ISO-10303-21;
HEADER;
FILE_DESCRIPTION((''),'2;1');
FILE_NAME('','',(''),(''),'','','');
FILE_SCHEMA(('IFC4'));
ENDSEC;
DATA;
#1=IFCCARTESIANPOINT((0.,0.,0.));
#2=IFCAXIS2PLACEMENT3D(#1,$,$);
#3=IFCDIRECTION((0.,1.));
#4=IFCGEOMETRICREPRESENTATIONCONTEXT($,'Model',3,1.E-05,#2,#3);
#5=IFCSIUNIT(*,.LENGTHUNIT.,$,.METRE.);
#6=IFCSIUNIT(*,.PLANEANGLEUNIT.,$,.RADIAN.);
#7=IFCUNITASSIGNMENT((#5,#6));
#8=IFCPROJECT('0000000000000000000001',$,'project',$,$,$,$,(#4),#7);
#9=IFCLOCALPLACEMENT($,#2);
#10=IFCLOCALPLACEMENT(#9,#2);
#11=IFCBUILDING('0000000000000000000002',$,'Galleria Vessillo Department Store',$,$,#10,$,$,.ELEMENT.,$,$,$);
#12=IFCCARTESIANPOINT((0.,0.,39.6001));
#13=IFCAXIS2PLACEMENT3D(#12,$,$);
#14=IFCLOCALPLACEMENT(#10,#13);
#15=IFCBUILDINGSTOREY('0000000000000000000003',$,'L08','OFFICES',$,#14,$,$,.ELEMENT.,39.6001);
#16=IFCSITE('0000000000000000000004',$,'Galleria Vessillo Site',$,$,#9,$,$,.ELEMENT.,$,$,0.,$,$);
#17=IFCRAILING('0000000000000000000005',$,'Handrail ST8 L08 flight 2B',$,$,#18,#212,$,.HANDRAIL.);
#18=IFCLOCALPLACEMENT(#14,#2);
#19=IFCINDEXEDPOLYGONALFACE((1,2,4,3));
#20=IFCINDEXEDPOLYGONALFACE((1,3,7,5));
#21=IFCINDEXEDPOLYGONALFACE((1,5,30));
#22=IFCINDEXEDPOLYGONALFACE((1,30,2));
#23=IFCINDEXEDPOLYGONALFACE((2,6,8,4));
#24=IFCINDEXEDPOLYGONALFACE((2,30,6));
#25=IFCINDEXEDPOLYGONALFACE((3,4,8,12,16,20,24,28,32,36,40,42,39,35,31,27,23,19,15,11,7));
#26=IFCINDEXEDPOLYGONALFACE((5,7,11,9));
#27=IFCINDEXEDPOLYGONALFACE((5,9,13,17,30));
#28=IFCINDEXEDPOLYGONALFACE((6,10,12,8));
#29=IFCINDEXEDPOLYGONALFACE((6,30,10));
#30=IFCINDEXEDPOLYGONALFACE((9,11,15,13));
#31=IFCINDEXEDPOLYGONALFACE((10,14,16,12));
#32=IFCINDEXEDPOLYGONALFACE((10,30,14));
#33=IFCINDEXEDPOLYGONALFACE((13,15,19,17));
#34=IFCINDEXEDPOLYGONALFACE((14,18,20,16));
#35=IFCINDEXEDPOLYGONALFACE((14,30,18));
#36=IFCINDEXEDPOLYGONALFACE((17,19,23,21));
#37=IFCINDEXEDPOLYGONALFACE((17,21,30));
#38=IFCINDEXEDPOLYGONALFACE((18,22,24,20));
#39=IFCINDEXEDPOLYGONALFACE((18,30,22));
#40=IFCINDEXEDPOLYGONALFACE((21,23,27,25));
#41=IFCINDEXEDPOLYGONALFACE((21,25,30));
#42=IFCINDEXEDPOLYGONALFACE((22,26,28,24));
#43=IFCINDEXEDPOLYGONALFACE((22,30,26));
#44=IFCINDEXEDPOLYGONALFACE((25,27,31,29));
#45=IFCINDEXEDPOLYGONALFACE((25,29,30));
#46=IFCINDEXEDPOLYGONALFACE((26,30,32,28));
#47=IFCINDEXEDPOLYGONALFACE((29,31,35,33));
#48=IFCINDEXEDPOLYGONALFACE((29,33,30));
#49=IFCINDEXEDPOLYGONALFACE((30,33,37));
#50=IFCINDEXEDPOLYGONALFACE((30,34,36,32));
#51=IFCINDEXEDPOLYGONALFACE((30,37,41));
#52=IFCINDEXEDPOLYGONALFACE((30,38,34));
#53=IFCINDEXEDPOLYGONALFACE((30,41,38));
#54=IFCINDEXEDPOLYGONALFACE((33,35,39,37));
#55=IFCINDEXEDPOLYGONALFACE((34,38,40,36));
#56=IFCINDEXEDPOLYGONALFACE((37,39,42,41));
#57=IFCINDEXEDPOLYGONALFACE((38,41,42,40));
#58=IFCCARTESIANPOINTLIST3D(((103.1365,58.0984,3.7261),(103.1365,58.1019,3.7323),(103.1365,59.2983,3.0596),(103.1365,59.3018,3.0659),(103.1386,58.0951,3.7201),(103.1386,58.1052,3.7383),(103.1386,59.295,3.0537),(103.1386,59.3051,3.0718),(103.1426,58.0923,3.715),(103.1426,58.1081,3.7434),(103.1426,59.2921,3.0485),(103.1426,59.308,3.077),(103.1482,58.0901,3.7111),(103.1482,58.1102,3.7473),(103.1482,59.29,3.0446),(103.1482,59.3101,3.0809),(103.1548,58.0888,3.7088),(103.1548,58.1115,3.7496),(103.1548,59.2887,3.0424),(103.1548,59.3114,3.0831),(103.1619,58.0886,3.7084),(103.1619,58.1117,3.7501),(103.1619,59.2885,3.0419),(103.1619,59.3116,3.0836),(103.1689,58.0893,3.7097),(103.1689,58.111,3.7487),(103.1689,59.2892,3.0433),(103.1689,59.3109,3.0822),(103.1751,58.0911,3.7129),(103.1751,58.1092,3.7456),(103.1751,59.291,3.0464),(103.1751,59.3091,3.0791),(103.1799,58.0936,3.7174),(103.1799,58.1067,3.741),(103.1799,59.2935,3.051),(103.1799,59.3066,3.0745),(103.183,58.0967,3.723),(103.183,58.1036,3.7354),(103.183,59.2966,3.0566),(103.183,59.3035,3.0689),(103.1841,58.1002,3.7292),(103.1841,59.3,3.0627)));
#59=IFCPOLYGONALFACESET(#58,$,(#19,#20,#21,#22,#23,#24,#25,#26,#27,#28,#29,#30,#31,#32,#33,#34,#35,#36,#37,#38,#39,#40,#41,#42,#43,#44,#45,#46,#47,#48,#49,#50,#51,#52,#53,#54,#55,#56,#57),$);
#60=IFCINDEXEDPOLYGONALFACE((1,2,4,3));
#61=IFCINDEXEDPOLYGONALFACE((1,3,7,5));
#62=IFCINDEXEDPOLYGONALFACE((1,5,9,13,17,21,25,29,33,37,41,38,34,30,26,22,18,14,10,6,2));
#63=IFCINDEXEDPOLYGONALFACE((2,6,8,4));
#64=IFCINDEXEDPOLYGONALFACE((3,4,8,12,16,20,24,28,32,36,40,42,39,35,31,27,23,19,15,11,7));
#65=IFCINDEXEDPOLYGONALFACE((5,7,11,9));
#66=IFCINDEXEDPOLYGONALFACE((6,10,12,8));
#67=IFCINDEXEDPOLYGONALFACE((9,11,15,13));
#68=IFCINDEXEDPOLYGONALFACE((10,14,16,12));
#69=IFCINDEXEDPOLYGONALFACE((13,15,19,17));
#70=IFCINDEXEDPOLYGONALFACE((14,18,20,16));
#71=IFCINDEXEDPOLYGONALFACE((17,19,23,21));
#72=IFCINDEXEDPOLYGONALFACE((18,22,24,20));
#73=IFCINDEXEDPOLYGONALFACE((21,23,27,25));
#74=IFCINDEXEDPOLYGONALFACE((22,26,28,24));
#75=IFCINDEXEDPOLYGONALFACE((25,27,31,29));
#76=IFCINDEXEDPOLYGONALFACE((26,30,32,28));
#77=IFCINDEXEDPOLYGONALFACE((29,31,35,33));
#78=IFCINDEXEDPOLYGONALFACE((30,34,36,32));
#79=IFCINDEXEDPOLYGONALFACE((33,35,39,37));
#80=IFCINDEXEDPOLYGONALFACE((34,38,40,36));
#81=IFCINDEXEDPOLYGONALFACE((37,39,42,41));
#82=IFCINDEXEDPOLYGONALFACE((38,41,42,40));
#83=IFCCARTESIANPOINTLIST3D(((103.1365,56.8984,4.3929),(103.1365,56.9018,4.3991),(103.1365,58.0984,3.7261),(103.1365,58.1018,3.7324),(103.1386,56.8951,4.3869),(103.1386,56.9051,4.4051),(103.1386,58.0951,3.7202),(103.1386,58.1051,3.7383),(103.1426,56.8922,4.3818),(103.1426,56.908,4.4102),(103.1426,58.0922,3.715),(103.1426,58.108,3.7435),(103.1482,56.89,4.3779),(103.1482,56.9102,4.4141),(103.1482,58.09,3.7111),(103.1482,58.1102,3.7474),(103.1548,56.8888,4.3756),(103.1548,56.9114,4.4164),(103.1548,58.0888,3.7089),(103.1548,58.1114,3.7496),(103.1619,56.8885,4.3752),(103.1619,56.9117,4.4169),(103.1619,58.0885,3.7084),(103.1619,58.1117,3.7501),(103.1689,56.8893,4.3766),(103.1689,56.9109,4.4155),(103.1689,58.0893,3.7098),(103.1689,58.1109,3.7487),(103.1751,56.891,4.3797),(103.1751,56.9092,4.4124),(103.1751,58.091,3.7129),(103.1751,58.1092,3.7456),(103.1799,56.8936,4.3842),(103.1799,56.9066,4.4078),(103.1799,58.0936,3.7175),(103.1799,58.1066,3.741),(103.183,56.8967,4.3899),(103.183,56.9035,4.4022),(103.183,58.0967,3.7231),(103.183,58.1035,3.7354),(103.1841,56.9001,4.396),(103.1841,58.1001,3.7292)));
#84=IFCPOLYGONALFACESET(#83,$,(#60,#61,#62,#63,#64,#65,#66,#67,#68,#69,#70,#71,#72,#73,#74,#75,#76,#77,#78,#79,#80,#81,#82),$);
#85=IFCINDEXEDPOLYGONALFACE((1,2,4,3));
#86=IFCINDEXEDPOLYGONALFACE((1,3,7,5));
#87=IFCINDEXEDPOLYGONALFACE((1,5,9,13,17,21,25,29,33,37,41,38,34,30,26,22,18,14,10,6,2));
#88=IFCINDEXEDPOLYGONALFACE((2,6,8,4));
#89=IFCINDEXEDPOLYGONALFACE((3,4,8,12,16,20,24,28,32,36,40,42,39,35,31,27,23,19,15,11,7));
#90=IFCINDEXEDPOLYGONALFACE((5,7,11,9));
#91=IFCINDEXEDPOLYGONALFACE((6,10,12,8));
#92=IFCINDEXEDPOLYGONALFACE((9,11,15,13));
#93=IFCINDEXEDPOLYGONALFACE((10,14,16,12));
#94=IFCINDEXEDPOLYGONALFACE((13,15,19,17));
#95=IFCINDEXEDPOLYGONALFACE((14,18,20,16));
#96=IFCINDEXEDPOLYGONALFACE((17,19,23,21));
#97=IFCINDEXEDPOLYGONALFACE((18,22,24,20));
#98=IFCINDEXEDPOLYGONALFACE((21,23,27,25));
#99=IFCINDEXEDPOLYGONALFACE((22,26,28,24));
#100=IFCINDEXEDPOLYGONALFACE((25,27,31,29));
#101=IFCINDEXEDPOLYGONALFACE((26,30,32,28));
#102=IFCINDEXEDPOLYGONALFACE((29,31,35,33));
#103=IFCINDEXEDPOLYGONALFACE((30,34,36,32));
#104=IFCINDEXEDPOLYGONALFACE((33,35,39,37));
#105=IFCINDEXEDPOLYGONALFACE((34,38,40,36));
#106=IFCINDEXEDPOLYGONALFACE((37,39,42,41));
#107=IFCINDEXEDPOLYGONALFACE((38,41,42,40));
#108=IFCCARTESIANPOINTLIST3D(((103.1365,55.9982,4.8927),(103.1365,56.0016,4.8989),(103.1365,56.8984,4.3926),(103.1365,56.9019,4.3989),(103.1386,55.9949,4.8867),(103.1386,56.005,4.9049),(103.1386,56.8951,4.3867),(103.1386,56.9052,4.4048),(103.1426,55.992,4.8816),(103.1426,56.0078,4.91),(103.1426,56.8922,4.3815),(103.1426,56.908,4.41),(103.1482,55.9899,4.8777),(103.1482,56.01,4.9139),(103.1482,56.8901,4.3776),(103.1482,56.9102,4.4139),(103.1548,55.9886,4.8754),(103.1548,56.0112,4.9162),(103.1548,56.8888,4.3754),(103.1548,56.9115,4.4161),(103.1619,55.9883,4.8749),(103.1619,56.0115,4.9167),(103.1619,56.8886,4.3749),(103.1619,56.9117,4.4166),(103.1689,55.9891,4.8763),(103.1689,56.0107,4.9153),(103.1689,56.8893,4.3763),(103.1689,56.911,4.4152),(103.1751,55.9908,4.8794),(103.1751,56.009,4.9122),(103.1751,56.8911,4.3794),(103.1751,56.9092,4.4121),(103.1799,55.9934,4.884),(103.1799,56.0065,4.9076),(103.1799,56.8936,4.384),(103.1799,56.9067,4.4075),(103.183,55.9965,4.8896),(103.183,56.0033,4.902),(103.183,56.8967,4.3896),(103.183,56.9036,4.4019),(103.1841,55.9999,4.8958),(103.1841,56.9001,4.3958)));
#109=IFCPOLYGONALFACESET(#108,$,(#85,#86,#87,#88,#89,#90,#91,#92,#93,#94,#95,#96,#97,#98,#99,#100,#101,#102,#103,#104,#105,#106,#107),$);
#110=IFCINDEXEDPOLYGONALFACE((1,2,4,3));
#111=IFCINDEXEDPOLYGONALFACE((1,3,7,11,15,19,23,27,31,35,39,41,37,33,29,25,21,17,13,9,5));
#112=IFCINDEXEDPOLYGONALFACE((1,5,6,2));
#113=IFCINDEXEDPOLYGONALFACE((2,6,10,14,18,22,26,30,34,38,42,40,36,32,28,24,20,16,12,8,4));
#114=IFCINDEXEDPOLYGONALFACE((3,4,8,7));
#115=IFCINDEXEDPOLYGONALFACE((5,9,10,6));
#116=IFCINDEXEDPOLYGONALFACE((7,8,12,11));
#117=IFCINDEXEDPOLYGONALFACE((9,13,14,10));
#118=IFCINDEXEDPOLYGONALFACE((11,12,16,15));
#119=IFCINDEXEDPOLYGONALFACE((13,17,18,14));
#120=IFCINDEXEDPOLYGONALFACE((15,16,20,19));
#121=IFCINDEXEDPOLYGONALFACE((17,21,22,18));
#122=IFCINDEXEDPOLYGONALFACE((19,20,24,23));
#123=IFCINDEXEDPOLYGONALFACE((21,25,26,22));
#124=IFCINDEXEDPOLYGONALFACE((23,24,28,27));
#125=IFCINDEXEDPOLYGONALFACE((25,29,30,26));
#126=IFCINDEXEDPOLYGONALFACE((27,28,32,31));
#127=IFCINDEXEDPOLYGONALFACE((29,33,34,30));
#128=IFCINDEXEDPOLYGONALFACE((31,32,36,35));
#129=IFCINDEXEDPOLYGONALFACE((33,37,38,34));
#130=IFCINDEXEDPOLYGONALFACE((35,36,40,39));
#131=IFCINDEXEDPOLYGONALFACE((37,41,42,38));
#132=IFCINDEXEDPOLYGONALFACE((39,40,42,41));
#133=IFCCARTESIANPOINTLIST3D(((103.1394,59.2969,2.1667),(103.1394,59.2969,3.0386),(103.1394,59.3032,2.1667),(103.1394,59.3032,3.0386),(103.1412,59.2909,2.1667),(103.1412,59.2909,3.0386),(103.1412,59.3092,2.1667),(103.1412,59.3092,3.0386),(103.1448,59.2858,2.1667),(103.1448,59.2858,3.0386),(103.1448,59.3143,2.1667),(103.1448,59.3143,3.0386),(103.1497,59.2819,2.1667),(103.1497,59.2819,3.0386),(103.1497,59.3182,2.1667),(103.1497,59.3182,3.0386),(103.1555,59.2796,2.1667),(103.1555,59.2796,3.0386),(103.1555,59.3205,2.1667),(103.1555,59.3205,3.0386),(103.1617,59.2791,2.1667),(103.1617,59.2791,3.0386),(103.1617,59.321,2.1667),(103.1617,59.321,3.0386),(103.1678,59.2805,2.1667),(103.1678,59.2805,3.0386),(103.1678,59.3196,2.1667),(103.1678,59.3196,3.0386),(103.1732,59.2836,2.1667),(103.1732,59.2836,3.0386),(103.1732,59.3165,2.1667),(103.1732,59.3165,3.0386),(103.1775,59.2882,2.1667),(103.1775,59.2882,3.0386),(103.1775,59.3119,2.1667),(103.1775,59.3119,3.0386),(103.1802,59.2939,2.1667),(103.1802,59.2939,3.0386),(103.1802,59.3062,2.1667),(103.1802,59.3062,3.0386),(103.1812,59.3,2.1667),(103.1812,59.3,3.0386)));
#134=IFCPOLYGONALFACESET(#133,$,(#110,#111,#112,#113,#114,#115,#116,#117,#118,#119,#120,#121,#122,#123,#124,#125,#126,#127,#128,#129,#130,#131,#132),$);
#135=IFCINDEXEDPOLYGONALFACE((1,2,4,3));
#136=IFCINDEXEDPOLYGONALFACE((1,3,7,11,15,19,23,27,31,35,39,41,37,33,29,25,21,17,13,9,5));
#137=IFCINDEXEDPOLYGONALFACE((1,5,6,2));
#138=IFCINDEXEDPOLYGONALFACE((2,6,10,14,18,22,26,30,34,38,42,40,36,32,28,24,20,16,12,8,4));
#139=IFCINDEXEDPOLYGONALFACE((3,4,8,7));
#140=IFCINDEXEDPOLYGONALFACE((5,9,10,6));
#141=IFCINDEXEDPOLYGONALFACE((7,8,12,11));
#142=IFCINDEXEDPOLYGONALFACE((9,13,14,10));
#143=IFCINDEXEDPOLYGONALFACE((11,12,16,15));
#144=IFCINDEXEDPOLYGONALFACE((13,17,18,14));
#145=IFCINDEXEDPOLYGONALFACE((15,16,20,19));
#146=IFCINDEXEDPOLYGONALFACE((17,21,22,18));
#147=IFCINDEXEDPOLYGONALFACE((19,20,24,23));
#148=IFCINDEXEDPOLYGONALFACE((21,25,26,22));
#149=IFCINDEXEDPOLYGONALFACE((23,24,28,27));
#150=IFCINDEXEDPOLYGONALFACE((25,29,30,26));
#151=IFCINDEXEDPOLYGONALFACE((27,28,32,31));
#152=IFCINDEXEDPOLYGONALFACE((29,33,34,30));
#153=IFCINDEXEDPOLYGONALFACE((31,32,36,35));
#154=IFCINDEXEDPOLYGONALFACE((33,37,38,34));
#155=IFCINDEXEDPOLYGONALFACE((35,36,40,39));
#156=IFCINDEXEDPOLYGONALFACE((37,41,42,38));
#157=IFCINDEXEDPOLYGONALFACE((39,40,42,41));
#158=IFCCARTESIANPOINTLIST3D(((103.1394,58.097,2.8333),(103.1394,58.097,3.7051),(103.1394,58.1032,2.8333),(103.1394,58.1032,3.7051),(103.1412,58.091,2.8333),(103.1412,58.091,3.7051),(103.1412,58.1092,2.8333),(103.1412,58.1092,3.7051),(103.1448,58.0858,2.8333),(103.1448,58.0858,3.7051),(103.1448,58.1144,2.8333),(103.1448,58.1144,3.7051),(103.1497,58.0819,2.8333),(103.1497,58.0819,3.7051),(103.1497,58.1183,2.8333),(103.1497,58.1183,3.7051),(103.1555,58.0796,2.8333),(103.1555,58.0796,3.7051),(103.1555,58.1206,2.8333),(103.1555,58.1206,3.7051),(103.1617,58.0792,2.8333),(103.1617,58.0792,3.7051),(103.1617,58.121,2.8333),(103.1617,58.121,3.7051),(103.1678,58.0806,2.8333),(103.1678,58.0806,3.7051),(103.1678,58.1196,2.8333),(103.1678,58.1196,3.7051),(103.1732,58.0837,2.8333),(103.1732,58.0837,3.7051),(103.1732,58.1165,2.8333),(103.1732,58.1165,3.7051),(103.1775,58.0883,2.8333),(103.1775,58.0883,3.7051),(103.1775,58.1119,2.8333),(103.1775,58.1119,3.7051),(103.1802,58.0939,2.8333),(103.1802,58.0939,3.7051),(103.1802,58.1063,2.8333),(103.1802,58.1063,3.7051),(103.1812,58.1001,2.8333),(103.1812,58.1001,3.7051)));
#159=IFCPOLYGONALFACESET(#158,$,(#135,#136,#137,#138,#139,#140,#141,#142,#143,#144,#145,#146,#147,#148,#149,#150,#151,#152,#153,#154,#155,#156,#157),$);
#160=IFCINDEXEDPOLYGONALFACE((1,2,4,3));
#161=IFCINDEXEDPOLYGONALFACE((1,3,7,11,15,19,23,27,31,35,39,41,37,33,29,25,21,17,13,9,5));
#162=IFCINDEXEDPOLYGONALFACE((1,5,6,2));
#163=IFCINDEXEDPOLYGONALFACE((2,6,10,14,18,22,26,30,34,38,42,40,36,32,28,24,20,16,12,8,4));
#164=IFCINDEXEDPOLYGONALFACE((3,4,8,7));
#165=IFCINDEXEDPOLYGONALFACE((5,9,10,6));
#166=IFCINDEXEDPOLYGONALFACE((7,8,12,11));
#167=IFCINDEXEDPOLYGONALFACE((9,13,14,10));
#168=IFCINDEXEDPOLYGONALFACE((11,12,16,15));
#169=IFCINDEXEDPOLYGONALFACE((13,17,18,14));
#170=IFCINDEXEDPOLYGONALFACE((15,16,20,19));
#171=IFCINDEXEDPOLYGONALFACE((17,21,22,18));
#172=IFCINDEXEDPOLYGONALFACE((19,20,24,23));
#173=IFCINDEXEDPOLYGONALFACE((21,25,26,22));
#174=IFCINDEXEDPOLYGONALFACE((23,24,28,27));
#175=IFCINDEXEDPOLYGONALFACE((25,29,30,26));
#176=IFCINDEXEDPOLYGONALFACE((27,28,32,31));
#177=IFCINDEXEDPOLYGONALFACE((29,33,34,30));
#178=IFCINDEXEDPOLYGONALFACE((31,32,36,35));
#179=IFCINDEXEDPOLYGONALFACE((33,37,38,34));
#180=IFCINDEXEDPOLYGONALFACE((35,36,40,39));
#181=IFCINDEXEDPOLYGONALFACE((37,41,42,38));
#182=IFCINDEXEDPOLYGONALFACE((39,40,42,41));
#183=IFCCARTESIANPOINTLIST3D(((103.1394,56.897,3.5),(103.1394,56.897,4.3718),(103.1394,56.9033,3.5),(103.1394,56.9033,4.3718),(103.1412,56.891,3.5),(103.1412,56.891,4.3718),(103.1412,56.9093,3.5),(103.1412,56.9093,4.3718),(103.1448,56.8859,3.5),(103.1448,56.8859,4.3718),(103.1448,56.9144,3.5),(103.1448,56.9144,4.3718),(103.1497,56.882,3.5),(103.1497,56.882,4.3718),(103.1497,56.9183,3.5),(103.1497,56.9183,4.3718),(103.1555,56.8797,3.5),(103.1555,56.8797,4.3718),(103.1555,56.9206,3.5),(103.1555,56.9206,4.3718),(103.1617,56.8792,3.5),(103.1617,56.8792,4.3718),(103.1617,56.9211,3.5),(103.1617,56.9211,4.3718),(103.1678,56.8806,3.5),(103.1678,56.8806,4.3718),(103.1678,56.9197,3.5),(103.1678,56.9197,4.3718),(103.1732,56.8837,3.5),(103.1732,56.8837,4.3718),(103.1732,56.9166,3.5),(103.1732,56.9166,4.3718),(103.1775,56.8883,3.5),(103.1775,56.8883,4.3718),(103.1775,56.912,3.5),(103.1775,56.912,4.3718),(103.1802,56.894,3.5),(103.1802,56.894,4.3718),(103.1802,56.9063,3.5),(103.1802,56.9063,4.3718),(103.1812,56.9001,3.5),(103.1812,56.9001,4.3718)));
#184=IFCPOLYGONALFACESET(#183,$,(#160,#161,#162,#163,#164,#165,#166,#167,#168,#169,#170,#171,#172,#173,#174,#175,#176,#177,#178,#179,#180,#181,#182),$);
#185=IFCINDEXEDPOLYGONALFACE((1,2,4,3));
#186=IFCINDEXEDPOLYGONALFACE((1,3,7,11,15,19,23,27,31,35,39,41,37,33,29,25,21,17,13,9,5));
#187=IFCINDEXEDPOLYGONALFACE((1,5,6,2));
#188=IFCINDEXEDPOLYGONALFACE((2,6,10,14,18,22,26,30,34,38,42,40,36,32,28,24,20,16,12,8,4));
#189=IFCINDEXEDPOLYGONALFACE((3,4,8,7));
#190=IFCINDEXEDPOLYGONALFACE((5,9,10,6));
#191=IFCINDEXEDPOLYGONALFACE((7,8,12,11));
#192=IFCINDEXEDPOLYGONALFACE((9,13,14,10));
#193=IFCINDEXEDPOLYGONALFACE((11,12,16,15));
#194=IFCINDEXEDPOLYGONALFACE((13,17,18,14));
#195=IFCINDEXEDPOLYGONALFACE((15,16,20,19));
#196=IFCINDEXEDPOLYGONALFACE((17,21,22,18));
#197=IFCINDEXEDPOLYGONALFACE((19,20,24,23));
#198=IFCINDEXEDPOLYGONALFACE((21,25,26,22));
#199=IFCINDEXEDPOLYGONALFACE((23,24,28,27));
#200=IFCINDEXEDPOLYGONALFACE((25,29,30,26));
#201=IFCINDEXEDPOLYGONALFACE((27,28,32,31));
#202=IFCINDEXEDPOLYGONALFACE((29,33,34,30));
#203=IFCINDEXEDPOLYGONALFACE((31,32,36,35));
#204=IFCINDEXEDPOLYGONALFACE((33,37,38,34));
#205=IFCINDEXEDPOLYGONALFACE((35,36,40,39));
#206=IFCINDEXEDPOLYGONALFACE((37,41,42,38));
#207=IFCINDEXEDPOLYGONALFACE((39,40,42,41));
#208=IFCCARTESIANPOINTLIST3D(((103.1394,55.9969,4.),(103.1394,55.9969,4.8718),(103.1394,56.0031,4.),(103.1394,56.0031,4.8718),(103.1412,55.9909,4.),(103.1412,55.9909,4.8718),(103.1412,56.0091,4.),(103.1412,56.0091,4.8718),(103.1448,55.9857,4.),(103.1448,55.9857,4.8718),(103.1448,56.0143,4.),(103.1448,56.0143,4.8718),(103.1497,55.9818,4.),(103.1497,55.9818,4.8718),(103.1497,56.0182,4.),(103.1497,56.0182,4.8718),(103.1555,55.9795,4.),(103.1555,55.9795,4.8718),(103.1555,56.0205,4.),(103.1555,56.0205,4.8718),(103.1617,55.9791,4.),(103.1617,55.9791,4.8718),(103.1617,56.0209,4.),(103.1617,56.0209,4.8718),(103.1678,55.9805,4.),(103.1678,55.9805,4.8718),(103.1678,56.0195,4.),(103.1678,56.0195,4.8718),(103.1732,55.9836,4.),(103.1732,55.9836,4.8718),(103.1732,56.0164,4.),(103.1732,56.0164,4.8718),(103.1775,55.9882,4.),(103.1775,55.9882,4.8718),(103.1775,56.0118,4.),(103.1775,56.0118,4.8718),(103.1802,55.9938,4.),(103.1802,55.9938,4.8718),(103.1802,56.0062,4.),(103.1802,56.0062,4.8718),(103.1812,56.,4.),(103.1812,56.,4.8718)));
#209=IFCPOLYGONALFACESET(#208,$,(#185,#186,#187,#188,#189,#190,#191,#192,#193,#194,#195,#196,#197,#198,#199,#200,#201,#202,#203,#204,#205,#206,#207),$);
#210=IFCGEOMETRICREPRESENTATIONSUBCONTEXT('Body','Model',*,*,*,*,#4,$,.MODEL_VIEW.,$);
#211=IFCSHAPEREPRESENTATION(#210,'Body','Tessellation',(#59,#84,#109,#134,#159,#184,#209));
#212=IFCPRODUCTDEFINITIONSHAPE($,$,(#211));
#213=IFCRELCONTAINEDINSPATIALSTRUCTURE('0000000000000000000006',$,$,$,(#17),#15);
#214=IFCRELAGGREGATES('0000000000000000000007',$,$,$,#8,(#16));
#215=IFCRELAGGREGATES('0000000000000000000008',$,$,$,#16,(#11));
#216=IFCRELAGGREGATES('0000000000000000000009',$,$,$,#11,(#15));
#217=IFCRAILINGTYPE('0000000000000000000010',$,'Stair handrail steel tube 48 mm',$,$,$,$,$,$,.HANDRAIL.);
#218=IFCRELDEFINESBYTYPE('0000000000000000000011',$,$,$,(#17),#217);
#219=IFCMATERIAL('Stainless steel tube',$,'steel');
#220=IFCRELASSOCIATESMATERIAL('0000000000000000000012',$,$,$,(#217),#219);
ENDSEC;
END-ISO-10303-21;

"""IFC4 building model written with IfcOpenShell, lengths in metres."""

from ifc_helpers import new_model, si_unit, direction, frame, origin, origin_2d, place, context, subcontext, project, spatial, circle, extrude, material, type_object, element, save


model = new_model("IFC4")

# Units and contexts
model_context = context("Model", 3, precision=1e-05, world=origin(), true_north=direction((0.0, 1.0)))
body_context = subcontext(model_context, "Body", "Model", "MODEL_VIEW")
ifc_project = project(units=[si_unit("LENGTHUNIT", "METRE"), si_unit("PLANEANGLEUNIT", "RADIAN")], contexts=[model_context])

# Site, building, storey
site_placement = place(None, origin())
site = spatial("IfcSite", under=ifc_project, at=site_placement, Name="Galleria Vessillo Site", CompositionType="ELEMENT", RefElevation=0.0)
building_placement = place(site_placement, origin())
building = spatial("IfcBuilding", under=site, at=building_placement, Name="Galleria Vessillo Department Store", CompositionType="ELEMENT")
storey_placement = place(building_placement, frame((0.0, 0.0, 39.6001)))
storey = spatial("IfcBuildingStorey", under=building, at=storey_placement, Name="L08", Description="OFFICES", CompositionType="ELEMENT", Elevation=39.6001)

# Railing
ifc_material_1 = material(Name="Stainless steel tube", Category="steel")
railing_type = type_object("IfcRailingType", Name="Stair handrail steel tube 48 mm", PredefinedType="HANDRAIL", material=ifc_material_1)
for number, where, name in (
    (1, (103.1602, 59.3, 2.1667), "Handrail ST8 L08 flight 2B"),
):
    element("IfcRailing", number, at=place(storey_placement, frame(where)), inside=storey, type_object=railing_type, Name=name, PredefinedType="HANDRAIL", context=body_context, shape_type="SweptSolid", body=[
        extrude(circle(Radius=0.0239, at=origin_2d()), frame((0.0, 0.0, 0.896), z_axis=(0.0, -0.874199, 0.485567), x_axis=(1.0, 0.0, 0.0)), (0.0, 0.0, 1.0), 1.3726),
        extrude(circle(Radius=0.0239, at=origin_2d()), frame((0.0, -1.2, 1.5625), z_axis=(0.0, -0.874124, 0.485703), x_axis=(1.0, 0.0, 0.0)), (0.0, 0.0, 1.0), 1.3728),
        extrude(circle(Radius=0.0239, at=origin_2d()), frame((0.0, -2.3999, 2.229), z_axis=(0.0, -0.874191, 0.485583), x_axis=(1.0, 0.0, 0.0)), (0.0, 0.0, 1.0), 1.0298),
        extrude(circle(Radius=0.021, at=origin_2d()), origin(), (0.0, 0.0, 1.0), 0.8718),
        extrude(circle(Radius=0.021, at=origin_2d()), frame((0.0, -1.2, 0.6665)), (0.0, 0.0, 1.0), 0.8718),
        extrude(circle(Radius=0.021, at=origin_2d()), frame((0.0, -2.3999, 1.3333)), (0.0, 0.0, 1.0), 0.8718),
        extrude(circle(Radius=0.021, at=origin_2d()), frame((0.0, -3.3, 1.8333)), (0.0, 0.0, 1.0), 0.8718),
    ])

save(model, "model.ifc")
